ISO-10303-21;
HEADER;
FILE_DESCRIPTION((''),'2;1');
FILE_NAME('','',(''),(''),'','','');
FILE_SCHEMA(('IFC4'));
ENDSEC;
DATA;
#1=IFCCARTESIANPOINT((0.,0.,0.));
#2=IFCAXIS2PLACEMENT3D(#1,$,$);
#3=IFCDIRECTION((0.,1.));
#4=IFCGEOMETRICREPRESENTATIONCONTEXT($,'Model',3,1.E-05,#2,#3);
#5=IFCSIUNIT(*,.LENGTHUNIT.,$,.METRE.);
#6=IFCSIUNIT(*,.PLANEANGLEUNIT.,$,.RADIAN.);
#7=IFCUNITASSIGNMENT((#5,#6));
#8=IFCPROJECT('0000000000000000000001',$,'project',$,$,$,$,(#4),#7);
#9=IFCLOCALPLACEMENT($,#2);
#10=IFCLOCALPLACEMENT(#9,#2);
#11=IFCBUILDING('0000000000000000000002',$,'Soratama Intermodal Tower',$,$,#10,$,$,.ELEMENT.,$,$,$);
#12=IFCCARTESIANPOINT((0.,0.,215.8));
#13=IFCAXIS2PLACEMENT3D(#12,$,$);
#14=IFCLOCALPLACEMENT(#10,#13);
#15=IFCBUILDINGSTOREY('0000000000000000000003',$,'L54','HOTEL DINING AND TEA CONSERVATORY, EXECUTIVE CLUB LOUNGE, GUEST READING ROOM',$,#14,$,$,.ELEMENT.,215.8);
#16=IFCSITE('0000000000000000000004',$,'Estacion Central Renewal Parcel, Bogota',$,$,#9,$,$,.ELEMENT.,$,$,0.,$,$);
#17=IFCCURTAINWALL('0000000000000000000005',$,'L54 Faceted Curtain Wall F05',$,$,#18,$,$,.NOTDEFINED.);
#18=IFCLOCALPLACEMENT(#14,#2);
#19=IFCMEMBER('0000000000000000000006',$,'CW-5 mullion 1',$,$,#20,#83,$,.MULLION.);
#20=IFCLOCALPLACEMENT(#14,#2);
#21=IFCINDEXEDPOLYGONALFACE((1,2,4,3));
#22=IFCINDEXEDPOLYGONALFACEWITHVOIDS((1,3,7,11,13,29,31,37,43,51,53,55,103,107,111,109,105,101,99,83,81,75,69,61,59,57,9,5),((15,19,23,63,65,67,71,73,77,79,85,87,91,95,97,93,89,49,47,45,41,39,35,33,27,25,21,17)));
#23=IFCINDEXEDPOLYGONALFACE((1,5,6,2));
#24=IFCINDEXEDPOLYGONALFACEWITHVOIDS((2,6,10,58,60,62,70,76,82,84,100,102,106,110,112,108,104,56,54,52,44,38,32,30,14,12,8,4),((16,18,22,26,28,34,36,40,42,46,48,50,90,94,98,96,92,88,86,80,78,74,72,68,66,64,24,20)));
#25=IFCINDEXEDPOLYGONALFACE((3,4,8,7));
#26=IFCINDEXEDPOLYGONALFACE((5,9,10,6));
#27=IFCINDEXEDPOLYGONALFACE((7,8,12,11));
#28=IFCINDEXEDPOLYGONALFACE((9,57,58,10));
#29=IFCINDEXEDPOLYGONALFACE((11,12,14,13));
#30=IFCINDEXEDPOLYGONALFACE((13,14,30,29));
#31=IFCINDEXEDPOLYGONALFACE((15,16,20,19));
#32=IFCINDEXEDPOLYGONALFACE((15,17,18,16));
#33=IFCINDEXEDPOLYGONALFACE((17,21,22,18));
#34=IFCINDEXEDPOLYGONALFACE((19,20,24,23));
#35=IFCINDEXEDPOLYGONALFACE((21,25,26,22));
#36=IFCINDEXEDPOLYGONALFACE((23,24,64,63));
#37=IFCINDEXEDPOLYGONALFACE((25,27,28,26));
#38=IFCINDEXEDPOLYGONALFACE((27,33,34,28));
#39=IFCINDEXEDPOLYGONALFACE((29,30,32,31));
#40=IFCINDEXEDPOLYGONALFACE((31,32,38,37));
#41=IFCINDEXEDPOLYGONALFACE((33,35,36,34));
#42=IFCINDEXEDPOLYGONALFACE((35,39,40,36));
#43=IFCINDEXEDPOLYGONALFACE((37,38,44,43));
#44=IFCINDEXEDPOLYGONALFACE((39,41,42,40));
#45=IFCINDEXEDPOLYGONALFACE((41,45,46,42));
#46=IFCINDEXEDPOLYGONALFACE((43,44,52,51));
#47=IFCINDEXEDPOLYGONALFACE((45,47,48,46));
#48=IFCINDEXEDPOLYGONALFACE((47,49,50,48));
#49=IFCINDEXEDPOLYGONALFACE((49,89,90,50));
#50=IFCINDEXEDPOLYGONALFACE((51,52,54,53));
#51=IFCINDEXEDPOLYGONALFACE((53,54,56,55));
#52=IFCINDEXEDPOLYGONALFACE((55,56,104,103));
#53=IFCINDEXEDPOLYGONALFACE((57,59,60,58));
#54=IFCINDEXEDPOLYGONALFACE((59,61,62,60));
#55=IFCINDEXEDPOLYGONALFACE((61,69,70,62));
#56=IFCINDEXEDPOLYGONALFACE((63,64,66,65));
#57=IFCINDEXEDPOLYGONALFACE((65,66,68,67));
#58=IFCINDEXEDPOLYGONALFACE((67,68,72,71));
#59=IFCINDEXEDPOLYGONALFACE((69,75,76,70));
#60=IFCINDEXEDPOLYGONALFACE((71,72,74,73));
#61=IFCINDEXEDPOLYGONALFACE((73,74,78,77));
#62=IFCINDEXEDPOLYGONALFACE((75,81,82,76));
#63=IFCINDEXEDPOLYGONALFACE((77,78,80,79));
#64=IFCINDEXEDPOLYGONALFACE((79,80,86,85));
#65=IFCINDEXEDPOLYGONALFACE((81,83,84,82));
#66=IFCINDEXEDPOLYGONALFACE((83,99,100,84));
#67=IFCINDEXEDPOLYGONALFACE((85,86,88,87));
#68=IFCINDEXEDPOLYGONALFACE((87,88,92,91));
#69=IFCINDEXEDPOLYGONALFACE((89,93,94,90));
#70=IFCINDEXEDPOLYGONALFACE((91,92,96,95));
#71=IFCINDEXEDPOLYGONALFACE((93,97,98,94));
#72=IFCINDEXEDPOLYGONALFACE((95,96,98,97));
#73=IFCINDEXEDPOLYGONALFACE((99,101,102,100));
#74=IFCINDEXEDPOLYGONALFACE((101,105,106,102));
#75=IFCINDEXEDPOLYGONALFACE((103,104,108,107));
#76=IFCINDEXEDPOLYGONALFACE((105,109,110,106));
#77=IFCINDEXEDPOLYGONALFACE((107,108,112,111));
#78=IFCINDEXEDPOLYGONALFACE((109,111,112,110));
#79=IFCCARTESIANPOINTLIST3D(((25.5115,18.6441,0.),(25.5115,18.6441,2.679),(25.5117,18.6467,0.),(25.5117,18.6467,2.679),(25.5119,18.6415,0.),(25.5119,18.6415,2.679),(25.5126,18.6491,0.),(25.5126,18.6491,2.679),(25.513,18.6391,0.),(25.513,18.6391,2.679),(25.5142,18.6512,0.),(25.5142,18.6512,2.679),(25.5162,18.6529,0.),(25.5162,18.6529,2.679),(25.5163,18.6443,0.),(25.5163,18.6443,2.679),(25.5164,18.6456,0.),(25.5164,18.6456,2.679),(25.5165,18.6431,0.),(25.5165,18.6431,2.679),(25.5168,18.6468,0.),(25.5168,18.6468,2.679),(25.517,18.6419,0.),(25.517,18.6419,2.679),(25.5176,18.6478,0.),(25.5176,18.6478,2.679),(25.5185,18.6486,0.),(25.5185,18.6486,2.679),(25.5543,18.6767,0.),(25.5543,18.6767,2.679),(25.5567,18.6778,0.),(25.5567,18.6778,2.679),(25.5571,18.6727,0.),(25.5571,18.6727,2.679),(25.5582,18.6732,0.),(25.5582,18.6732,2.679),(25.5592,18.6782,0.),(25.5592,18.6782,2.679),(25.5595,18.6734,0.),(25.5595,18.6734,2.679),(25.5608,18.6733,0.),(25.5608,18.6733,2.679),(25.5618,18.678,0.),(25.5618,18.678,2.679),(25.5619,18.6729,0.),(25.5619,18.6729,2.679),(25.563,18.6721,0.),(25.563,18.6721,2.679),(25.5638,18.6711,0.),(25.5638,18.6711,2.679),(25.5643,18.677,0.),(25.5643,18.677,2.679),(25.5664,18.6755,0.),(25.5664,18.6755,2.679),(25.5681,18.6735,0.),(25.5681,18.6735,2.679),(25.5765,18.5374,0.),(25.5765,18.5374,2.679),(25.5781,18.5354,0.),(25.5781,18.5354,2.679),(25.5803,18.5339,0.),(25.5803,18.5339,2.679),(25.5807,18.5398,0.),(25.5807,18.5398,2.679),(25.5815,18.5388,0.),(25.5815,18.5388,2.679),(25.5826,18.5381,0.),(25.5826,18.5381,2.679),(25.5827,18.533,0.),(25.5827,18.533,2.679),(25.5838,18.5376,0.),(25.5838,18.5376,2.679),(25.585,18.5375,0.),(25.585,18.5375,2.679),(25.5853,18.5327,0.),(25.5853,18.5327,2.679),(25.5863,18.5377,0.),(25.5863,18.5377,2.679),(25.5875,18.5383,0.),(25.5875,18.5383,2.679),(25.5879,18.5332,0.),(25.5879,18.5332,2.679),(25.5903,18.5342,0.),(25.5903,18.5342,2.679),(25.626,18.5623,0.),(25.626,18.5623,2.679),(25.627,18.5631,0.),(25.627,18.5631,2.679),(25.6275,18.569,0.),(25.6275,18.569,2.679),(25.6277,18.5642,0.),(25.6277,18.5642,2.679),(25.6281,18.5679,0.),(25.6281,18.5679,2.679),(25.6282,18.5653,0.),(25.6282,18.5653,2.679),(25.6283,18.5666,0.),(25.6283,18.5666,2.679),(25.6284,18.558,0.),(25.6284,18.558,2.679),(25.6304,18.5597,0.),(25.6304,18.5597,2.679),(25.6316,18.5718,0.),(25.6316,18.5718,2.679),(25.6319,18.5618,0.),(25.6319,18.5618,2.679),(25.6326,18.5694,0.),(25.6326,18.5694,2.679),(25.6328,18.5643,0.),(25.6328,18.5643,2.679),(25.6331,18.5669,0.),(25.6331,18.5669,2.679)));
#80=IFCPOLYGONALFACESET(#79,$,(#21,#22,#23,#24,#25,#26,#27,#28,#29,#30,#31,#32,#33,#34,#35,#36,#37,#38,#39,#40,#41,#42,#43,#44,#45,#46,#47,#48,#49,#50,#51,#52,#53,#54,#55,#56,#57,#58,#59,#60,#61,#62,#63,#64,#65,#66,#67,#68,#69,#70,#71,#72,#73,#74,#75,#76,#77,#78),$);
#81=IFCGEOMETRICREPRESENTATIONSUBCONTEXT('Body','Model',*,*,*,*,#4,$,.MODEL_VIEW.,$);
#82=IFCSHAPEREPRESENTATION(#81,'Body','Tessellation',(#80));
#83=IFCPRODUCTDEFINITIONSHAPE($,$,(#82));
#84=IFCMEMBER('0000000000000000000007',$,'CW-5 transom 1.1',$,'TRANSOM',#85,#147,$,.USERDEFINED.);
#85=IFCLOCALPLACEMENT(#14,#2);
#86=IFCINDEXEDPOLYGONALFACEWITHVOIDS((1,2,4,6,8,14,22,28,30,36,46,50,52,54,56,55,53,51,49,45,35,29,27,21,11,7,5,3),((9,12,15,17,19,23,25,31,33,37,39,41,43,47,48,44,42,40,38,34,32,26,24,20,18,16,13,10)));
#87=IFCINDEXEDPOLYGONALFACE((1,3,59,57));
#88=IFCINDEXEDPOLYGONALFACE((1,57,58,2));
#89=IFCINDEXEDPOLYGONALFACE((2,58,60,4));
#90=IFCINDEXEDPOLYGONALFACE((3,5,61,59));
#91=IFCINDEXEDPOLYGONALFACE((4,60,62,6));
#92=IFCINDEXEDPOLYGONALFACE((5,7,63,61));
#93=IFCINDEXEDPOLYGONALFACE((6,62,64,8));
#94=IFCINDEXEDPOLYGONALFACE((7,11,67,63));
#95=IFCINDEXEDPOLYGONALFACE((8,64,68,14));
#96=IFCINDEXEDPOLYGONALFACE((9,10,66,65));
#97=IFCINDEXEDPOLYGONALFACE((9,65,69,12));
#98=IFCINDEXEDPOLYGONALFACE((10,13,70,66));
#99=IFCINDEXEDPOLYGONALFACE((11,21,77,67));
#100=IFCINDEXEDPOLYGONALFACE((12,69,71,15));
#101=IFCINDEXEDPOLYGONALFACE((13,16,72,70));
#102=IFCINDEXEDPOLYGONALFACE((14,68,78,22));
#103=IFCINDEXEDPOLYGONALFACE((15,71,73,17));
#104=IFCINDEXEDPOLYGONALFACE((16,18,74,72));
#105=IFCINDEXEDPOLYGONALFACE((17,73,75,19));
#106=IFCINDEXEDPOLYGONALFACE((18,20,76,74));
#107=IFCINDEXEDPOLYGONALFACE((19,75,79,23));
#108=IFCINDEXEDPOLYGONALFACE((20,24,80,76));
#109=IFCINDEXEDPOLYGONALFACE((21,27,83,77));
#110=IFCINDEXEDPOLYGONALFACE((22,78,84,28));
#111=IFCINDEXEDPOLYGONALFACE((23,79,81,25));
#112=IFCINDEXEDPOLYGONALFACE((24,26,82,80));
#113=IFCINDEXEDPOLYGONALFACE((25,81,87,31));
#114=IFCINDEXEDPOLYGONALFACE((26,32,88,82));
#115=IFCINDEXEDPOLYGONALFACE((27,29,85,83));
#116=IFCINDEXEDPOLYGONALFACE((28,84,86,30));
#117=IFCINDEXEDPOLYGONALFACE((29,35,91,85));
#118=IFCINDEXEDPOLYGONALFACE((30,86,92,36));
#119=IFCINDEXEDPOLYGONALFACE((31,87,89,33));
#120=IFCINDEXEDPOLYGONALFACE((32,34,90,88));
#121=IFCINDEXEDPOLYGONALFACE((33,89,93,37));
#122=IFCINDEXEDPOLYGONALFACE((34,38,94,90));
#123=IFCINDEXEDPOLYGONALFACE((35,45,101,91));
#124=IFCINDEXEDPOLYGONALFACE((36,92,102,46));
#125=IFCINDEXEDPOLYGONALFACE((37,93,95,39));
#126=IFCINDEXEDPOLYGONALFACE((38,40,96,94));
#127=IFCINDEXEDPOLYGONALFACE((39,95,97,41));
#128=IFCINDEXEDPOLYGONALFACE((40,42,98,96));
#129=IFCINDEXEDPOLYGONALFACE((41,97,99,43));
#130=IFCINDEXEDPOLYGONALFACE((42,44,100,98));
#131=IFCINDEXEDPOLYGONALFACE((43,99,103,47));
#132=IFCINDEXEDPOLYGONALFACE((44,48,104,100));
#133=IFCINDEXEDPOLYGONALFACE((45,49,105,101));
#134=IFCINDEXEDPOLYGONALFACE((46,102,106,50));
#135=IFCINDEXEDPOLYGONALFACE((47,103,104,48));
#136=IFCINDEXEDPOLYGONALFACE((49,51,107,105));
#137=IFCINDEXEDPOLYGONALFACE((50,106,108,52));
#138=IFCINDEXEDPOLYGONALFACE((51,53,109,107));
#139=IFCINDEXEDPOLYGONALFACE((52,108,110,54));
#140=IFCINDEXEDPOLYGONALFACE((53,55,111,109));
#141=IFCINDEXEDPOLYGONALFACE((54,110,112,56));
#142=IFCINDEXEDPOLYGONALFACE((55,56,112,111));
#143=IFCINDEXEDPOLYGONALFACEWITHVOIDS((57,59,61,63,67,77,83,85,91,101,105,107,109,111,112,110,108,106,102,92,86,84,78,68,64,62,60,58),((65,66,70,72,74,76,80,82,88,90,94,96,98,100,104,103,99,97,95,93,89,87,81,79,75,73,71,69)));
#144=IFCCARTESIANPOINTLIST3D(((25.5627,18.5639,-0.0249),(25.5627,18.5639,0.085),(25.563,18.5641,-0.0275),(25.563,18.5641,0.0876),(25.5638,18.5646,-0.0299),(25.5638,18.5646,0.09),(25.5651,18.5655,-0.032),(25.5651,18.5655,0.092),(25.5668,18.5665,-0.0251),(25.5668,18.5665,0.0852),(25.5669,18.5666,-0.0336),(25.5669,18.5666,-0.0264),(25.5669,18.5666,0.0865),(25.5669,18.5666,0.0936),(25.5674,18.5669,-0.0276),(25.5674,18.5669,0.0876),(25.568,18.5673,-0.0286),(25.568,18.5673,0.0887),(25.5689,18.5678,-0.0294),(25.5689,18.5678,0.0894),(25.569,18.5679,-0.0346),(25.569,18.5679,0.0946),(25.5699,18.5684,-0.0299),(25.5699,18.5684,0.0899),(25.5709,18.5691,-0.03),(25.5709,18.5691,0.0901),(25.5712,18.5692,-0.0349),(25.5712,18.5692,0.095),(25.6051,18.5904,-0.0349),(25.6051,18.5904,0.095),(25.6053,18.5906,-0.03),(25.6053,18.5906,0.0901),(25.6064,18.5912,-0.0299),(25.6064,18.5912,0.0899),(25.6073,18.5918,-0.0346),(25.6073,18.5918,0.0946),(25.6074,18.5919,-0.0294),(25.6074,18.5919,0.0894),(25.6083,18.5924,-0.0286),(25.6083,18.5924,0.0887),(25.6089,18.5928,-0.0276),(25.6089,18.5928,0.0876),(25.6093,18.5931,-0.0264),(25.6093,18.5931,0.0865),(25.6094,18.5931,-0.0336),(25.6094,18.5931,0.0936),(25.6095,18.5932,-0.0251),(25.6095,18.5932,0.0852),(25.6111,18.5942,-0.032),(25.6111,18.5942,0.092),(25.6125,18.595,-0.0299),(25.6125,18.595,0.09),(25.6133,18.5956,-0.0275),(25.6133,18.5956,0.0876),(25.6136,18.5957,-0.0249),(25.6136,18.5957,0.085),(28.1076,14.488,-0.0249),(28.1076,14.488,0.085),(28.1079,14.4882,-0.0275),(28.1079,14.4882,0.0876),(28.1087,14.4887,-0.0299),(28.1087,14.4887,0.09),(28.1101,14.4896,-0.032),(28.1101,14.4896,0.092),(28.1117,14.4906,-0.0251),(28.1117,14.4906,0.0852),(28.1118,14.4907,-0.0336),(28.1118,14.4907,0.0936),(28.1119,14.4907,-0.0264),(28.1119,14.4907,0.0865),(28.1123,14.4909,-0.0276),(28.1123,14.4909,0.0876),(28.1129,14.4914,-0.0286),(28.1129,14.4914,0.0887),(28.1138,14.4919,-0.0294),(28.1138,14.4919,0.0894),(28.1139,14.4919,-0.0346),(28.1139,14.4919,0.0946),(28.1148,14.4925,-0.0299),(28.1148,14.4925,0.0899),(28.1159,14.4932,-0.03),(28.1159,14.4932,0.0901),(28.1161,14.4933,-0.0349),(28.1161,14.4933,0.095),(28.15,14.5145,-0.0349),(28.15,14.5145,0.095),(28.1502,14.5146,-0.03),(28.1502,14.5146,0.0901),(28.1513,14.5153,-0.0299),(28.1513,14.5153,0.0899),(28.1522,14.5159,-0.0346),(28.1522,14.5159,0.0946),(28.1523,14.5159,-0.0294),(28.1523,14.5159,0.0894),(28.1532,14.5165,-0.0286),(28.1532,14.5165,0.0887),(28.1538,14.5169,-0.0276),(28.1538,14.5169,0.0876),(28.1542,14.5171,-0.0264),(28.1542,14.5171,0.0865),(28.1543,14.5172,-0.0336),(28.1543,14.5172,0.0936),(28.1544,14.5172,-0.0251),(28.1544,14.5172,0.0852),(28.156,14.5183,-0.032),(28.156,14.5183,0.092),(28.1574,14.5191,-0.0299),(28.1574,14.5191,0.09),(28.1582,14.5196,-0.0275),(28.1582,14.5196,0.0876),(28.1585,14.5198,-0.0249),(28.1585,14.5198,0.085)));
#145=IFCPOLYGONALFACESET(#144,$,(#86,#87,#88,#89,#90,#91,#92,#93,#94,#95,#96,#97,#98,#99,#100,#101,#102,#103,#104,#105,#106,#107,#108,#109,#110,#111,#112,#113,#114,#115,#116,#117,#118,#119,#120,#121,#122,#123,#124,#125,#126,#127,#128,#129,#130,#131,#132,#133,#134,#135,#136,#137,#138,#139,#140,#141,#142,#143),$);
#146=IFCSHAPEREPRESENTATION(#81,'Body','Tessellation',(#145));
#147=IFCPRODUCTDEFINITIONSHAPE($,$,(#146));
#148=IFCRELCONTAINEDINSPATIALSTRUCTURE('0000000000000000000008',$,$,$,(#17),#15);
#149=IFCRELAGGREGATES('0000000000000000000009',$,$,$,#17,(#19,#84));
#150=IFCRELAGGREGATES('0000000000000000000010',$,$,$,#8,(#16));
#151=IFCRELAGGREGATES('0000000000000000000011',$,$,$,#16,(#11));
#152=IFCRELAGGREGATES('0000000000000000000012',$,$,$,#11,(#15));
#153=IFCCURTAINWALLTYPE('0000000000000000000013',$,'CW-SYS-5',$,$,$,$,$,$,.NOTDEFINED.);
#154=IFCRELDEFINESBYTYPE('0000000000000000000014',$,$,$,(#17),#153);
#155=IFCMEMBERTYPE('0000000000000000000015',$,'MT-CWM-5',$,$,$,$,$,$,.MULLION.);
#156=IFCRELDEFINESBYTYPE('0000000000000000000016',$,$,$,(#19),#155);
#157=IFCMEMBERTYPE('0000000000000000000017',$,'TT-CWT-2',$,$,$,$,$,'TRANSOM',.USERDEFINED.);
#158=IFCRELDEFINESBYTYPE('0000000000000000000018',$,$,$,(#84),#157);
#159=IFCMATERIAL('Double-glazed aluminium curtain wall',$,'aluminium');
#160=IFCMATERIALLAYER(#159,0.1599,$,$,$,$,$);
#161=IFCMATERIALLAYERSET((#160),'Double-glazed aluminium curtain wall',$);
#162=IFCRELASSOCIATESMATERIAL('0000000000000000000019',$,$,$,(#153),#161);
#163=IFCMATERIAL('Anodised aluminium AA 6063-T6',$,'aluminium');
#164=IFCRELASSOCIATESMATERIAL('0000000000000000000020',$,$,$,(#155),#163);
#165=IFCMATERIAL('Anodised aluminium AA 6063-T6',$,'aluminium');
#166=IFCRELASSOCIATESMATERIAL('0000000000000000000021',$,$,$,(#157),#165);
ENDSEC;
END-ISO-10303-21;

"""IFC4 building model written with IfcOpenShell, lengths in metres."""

from ifc_helpers import new_model, si_unit, direction, frame, origin, origin_2d, place, context, subcontext, project, spatial, hollow_rectangle, extrude, material, layer, layer_set, material_profile, profile_set, type_object, element, aggregate, save


model = new_model("IFC4")

# Units and contexts
model_context = context("Model", 3, precision=1e-05, world=origin(), true_north=direction((0.0, 1.0)))
body_context = subcontext(model_context, "Body", "Model", "MODEL_VIEW")
ifc_project = project(units=[si_unit("LENGTHUNIT", "METRE"), si_unit("PLANEANGLEUNIT", "RADIAN")], contexts=[model_context])

# Site, building, storey
site_placement = place(None, origin())
site = spatial("IfcSite", under=ifc_project, at=site_placement, Name="Estacion Central Renewal Parcel, Bogota", CompositionType="ELEMENT", RefElevation=0.0)
building_placement = place(site_placement, origin())
building = spatial("IfcBuilding", under=site, at=building_placement, Name="Soratama Intermodal Tower", CompositionType="ELEMENT")
storey_placement = place(building_placement, frame((0.0, 0.0, 215.8)))
storey = spatial("IfcBuildingStorey", under=building, at=storey_placement, Name="L54", Description="HOTEL DINING AND TEA CONSERVATORY, EXECUTIVE CLUB LOUNGE, GUEST READING ROOM", CompositionType="ELEMENT", Elevation=215.8)

# Curtain wall, members
ifc_material_1 = material(Name="Double-glazed aluminium curtain wall", Category="aluminium")
ifc_layer_1 = layer(ifc_material_1, 0.1599)
ifc_layer_set_1 = layer_set([ifc_layer_1], Name="Double-glazed aluminium curtain wall")
curtain_wall_type = type_object("IfcCurtainWallType", Name="CW-SYS-5", PredefinedType="NOTDEFINED", material=ifc_layer_set_1)
curtain_wall_placement = place(storey_placement, origin())
curtain_wall = element("IfcCurtainWall", 1, at=curtain_wall_placement, inside=storey, type_object=curtain_wall_type, Name="L54 Faceted Curtain Wall F05", PredefinedType="NOTDEFINED")
ifc_material_2 = material(Name="Anodised aluminium AA 6063-T6", Category="aluminium")
ifc_material_profile_1 = material_profile(ifc_material_2, hollow_rectangle(XDim=0.0649, YDim=0.1399, WallThickness=0.0049, InnerFilletRadius=0.0049, OuterFilletRadius=0.01, at=origin_2d()), Name="CWM140X65X5")
ifc_profile_set_1 = profile_set([ifc_material_profile_1], Name="Anodised aluminium AA 6063-T6")
member_type_1 = type_object("IfcMemberType", Name="MT-CWM-5", PredefinedType="MULLION", material=ifc_profile_set_1)
member_1_placement = place(storey_placement, frame((25.5723, 18.6055, 0.0), z_axis=(0.0, 0.0, 1.0), x_axis=(0.848231, 0.529626, 0.0)))
member_1 = element("IfcMember", 2, at=member_1_placement, type_object=member_type_1, Name="CW-5 mullion 1", PredefinedType="MULLION", context=body_context, shape_type="SweptSolid", body=[
    extrude(hollow_rectangle(XDim=0.0649, YDim=0.1399, WallThickness=0.0049, InnerFilletRadius=0.0049, OuterFilletRadius=0.01, at=origin_2d()), origin(), (0.0, 0.0, 1.0), 2.679),
])
ifc_material_3 = material(Name="Anodised aluminium AA 6063-T6", Category="aluminium")
ifc_material_profile_2 = material_profile(ifc_material_3, hollow_rectangle(XDim=0.0601, YDim=0.1299, WallThickness=0.0049, InnerFilletRadius=0.0049, OuterFilletRadius=0.01, at=origin_2d()), Name="CWT130X60X5")
ifc_profile_set_2 = profile_set([ifc_material_profile_2], Name="Anodised aluminium AA 6063-T6")
member_type_2 = type_object("IfcMemberType", Name="TT-CWT-2", ElementType="TRANSOM", PredefinedType="USERDEFINED", material=ifc_profile_set_2)
member_2_placement = place(storey_placement, frame((25.5881, 18.5798, 0.03), z_axis=(0.52962, -0.848235, 0.0), x_axis=(0.848235, 0.52962, 0.0)))
member_2 = element("IfcMember", 3, at=member_2_placement, type_object=member_type_2, Name="CW-5 transom 1.1", ObjectType="TRANSOM", PredefinedType="USERDEFINED", context=body_context, shape_type="SweptSolid", body=[
    extrude(hollow_rectangle(XDim=0.0601, YDim=0.1299, WallThickness=0.0049, InnerFilletRadius=0.0049, OuterFilletRadius=0.01, at=origin_2d()), origin(), (0.0, 0.0, 1.0), 4.8052),
])
aggregate(curtain_wall, [member_1, member_2])

save(model, "model.ifc")
